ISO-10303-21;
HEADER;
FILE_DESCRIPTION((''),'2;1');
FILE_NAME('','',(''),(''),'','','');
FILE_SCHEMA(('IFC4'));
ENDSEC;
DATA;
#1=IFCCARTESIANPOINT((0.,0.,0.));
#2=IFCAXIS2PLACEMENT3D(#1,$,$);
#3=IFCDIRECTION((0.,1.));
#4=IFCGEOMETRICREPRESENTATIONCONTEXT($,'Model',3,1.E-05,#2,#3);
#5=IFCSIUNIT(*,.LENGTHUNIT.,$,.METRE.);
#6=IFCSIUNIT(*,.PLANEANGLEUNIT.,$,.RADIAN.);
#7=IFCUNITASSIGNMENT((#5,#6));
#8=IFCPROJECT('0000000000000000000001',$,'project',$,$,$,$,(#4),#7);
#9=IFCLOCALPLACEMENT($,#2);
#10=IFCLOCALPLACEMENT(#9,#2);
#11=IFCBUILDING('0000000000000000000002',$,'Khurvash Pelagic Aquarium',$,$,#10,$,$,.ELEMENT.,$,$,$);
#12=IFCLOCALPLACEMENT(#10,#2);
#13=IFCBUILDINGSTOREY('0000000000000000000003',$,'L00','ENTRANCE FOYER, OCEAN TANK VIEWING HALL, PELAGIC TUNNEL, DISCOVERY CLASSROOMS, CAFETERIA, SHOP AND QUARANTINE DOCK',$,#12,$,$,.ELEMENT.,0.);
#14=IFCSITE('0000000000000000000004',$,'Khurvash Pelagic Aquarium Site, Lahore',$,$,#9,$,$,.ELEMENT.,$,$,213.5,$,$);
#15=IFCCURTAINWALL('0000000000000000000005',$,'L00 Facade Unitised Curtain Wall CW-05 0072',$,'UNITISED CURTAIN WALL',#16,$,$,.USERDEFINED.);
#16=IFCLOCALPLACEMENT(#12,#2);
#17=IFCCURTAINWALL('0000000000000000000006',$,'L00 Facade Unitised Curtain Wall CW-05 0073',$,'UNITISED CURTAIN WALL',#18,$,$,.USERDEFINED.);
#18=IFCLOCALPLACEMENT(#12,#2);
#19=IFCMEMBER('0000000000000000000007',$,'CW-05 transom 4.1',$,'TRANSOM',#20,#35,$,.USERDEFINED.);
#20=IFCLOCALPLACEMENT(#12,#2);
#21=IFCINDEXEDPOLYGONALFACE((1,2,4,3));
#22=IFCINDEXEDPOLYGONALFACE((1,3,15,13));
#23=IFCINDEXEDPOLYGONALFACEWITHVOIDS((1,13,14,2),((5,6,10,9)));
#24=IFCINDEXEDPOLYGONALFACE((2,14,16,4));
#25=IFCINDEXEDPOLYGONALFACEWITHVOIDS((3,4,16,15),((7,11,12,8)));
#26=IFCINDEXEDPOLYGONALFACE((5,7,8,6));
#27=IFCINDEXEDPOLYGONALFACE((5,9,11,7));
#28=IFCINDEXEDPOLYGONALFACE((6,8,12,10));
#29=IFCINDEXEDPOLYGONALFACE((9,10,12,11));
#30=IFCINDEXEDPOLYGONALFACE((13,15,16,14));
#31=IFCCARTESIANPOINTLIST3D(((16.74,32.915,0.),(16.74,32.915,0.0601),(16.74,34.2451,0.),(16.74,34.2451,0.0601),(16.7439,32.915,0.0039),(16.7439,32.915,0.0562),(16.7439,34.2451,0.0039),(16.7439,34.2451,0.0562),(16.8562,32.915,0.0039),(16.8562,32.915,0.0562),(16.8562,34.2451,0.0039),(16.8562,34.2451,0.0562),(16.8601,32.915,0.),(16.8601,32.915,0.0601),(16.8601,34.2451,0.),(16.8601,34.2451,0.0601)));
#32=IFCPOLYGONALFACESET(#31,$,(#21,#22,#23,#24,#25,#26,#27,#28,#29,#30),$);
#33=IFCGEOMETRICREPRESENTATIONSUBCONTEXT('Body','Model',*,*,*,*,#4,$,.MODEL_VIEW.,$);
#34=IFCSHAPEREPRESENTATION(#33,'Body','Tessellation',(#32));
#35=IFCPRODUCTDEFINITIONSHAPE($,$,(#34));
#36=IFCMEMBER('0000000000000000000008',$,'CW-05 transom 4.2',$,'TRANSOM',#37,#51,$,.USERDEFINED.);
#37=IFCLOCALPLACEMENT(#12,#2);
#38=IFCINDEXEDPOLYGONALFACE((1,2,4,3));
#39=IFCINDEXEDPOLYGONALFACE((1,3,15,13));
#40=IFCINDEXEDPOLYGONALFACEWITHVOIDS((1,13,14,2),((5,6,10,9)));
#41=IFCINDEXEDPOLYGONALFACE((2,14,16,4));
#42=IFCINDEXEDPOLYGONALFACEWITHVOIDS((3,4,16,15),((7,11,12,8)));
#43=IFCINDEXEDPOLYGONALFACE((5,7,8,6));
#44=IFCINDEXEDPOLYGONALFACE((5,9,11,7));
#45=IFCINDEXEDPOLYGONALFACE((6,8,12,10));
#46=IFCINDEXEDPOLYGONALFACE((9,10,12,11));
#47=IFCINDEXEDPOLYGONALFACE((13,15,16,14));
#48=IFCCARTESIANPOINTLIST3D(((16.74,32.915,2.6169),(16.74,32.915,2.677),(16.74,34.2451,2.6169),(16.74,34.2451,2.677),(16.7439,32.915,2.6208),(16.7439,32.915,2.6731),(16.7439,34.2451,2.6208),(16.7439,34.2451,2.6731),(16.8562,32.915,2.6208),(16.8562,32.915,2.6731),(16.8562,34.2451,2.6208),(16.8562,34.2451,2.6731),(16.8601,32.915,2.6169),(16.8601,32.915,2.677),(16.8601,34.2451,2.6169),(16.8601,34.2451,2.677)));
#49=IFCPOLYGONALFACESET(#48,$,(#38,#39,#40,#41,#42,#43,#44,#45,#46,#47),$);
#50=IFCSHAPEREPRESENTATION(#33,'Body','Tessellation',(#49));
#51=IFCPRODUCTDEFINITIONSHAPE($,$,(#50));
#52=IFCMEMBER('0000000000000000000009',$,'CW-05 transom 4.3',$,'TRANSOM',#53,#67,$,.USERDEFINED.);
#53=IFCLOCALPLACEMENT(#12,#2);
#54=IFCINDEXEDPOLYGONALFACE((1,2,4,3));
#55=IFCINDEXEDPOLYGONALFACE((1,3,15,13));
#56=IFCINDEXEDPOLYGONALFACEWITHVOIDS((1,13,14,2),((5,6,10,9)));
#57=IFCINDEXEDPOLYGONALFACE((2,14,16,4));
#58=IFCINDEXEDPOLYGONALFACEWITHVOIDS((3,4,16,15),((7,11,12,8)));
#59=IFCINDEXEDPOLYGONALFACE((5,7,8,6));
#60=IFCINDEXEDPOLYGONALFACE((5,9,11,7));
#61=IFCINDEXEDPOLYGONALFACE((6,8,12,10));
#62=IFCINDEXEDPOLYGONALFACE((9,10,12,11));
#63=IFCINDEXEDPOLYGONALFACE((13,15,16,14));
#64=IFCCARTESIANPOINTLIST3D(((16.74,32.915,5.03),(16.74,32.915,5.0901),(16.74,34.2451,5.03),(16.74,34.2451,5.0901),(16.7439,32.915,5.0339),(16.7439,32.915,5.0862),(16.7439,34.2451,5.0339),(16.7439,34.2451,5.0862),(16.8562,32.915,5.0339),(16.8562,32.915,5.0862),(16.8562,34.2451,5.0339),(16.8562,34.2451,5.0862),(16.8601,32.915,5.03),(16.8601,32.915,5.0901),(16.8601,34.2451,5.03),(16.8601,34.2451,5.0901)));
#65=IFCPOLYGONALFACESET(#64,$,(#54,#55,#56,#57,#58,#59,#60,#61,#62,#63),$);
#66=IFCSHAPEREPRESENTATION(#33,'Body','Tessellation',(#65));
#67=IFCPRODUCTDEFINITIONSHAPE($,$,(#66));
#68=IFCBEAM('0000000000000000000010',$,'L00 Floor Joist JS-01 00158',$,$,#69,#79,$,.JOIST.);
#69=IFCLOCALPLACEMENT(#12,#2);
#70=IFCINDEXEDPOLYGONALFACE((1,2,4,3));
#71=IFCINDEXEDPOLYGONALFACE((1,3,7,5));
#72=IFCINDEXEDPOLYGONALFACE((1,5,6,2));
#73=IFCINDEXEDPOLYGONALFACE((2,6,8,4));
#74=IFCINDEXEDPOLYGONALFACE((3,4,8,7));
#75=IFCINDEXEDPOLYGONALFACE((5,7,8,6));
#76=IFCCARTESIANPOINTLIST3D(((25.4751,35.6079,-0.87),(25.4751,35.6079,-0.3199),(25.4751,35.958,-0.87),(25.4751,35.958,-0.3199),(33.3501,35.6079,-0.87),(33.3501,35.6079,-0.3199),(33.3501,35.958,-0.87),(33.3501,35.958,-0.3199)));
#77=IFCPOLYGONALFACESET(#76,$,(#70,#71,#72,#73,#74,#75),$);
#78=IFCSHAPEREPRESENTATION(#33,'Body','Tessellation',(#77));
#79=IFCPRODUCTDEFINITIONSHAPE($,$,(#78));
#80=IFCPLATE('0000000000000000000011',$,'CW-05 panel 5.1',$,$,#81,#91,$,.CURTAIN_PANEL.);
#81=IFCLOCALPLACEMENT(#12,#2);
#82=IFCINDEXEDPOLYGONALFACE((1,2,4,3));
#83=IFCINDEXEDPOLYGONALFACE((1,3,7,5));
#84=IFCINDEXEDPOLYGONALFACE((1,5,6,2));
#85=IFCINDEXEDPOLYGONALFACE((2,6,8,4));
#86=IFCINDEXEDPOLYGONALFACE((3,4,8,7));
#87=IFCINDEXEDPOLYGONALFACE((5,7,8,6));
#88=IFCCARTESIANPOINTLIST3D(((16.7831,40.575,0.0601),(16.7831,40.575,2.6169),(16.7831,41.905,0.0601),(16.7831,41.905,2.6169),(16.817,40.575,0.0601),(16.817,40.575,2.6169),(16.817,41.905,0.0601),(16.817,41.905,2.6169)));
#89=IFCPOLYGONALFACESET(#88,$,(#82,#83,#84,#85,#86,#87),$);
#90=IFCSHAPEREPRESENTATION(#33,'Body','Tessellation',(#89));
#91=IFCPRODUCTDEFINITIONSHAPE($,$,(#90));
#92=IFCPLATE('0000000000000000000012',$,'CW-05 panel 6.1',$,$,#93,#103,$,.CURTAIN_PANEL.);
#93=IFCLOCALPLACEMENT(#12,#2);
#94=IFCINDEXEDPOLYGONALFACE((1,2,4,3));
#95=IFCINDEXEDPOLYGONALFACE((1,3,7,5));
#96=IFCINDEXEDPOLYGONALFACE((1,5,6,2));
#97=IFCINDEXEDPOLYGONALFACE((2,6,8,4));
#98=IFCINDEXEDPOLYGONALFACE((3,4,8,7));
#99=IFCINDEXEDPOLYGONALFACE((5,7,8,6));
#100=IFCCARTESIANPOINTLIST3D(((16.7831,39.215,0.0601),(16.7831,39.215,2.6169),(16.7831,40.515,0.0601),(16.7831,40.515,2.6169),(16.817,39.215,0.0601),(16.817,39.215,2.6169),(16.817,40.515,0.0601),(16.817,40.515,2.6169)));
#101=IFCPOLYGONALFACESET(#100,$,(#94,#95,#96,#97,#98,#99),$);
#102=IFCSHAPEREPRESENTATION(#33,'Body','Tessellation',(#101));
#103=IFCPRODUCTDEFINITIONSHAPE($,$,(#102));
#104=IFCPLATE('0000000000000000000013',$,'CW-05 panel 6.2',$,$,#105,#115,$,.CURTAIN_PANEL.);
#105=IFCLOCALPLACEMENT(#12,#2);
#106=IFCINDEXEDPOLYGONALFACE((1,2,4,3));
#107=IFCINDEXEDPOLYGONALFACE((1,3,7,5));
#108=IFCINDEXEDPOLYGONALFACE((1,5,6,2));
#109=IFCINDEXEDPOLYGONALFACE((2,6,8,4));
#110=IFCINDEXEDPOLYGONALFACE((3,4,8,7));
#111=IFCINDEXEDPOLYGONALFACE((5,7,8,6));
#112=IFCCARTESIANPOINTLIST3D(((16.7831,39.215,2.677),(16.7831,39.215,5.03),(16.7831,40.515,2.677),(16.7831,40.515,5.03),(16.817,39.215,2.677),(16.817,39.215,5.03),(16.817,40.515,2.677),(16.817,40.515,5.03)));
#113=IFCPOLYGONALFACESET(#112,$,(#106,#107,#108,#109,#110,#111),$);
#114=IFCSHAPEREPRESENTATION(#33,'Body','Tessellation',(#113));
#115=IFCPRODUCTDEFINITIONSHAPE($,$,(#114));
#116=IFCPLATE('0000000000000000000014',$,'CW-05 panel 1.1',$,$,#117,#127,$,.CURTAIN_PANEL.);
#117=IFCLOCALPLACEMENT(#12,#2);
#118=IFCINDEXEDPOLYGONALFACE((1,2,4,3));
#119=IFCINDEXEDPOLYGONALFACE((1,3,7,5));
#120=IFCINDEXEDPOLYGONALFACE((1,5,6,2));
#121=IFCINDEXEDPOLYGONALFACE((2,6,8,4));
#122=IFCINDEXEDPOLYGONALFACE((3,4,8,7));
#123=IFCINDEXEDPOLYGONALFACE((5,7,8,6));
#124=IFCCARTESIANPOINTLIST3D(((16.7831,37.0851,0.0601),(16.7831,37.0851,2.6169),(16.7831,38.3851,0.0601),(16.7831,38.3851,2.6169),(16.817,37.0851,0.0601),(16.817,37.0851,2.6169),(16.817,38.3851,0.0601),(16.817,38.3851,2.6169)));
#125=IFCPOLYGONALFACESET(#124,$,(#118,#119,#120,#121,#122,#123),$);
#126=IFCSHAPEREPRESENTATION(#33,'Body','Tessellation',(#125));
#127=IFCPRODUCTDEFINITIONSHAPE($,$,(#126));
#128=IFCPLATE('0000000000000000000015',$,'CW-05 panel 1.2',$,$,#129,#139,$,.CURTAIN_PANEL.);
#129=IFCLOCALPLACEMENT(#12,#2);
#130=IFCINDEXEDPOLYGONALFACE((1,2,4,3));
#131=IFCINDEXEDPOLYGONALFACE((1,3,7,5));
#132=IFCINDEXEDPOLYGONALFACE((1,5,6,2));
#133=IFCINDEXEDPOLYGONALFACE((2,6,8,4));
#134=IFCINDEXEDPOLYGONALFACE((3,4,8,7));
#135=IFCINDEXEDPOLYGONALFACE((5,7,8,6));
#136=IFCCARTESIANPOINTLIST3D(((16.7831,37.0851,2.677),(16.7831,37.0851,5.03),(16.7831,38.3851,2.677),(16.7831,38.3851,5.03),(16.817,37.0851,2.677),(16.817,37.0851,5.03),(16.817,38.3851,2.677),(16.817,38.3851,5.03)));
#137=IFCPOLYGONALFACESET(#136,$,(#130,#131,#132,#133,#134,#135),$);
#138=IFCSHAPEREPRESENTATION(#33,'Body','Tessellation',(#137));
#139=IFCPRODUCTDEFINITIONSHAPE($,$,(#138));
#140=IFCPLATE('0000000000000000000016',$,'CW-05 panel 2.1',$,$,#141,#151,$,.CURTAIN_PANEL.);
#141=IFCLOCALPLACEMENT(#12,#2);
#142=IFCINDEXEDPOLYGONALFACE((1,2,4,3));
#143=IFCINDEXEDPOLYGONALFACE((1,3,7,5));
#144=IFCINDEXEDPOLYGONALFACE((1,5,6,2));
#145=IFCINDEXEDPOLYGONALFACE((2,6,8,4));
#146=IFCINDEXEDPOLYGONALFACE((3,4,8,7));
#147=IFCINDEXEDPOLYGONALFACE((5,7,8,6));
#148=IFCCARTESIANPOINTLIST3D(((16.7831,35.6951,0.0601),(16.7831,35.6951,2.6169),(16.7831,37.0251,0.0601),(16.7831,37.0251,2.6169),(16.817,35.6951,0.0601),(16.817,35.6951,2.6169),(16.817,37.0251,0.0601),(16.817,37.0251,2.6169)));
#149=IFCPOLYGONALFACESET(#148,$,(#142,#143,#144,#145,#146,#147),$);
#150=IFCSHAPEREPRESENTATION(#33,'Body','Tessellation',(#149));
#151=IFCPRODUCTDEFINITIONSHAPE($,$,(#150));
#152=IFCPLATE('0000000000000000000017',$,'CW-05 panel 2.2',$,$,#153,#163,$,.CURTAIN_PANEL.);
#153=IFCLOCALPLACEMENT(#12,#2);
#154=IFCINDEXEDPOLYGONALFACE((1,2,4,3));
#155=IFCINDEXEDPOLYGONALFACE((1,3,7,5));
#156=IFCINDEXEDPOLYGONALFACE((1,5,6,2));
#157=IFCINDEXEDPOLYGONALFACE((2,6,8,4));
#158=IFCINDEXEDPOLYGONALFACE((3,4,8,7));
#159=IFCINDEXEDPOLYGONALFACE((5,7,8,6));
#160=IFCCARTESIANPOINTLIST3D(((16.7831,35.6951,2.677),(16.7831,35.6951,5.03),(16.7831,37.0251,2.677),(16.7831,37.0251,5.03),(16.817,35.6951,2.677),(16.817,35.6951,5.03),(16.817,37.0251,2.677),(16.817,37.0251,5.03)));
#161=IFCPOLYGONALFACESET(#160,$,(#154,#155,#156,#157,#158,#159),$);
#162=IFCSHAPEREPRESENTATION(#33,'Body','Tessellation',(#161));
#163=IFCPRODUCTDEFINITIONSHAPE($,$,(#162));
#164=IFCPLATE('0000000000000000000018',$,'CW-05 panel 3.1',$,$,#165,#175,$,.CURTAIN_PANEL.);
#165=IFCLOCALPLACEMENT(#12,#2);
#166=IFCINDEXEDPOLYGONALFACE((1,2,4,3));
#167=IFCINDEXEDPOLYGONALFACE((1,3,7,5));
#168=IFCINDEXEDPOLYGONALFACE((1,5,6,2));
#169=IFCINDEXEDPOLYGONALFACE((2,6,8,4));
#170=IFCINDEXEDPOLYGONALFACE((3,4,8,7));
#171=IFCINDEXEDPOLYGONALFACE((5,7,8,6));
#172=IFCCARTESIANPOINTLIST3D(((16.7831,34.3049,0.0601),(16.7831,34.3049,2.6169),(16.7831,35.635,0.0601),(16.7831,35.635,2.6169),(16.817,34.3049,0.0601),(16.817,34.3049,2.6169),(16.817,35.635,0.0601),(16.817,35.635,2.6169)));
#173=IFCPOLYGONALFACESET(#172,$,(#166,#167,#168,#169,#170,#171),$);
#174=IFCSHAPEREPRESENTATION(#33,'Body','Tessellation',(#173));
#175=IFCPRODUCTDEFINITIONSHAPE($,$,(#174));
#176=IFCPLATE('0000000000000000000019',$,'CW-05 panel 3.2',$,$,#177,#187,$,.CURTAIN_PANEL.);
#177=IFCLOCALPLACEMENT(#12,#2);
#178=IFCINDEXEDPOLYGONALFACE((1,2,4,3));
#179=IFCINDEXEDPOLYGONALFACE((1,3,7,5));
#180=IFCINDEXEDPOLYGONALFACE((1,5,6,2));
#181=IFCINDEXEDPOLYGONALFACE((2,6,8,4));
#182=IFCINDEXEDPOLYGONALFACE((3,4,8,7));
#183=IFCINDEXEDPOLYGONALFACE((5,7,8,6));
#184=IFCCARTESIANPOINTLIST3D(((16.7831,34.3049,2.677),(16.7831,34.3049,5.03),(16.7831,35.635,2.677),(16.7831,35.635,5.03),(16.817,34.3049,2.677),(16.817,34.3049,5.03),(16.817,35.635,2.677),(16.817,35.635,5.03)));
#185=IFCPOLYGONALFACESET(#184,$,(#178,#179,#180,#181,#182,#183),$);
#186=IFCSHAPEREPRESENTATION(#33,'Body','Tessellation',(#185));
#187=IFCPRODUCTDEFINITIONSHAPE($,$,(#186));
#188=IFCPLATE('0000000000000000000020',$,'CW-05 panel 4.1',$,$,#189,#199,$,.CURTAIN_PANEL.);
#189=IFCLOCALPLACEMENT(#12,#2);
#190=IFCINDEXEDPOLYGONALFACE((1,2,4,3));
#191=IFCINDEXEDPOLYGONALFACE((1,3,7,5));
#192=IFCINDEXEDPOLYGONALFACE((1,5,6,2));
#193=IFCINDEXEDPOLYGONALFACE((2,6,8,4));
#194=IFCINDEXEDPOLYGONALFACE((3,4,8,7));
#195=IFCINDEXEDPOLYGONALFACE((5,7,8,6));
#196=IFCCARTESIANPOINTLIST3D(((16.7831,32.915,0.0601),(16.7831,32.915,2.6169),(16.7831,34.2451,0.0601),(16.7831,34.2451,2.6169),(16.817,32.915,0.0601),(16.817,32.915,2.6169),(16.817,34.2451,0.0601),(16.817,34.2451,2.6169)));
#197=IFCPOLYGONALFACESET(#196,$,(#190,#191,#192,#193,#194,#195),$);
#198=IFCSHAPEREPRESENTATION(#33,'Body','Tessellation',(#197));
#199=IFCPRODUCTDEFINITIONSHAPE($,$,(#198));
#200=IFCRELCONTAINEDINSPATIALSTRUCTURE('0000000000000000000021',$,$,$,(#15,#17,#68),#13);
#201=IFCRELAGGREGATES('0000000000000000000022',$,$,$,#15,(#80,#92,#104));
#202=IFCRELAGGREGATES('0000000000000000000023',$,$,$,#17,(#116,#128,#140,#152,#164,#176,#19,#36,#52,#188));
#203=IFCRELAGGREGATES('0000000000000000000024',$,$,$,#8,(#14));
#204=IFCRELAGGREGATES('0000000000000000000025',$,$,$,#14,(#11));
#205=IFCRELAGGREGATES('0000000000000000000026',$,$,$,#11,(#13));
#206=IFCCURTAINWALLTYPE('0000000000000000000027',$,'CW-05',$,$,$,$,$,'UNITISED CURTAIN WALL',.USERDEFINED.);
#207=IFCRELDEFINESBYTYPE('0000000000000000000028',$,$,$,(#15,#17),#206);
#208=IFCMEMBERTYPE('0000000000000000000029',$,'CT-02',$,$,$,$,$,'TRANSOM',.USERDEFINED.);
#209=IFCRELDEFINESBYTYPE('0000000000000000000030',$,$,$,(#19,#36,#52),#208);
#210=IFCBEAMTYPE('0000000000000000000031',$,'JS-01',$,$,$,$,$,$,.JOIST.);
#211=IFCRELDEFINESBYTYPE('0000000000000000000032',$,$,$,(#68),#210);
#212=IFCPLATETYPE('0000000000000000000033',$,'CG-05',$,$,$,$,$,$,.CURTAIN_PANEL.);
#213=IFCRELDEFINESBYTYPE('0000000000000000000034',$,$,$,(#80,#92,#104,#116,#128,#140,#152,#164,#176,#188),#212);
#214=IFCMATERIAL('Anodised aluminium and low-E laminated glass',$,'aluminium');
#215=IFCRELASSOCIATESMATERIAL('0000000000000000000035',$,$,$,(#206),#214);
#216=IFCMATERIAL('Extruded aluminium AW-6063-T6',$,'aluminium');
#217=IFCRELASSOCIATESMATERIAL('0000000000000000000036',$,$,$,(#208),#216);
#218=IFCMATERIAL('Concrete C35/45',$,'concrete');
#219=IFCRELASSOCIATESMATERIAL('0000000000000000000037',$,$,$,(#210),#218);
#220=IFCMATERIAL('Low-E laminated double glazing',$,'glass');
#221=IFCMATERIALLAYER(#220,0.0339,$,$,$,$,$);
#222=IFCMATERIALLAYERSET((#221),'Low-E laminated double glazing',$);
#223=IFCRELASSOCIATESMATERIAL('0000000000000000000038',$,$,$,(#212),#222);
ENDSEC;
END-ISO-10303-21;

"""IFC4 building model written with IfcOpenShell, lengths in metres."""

from ifc_helpers import new_model, si_unit, direction, frame, origin, origin_2d, place, context, subcontext, project, spatial, rectangle, hollow_rectangle, extrude, material, layer, layer_set, material_profile, profile_set, type_object, element, aggregate, save


model = new_model("IFC4")

# Units and contexts
model_context = context("Model", 3, precision=1e-05, world=origin(), true_north=direction((0.0, 1.0)))
body_context = subcontext(model_context, "Body", "Model", "MODEL_VIEW")
ifc_project = project(units=[si_unit("LENGTHUNIT", "METRE"), si_unit("PLANEANGLEUNIT", "RADIAN")], contexts=[model_context])

# Site, building, storey
site_placement = place(None, origin())
site = spatial("IfcSite", under=ifc_project, at=site_placement, Name="Khurvash Pelagic Aquarium Site, Lahore", CompositionType="ELEMENT", RefElevation=213.5)
building_placement = place(site_placement, origin())
building = spatial("IfcBuilding", under=site, at=building_placement, Name="Khurvash Pelagic Aquarium", CompositionType="ELEMENT")
storey_placement = place(building_placement, origin())
storey = spatial("IfcBuildingStorey", under=building, at=storey_placement, Name="L00", Description="ENTRANCE FOYER, OCEAN TANK VIEWING HALL, PELAGIC TUNNEL, DISCOVERY CLASSROOMS, CAFETERIA, SHOP AND QUARANTINE DOCK", CompositionType="ELEMENT", Elevation=0.0)

# Curtain walls
ifc_material_1 = material(Name="Anodised aluminium and low-E laminated glass", Category="aluminium")
curtain_wall_type = type_object("IfcCurtainWallType", Name="CW-05", ElementType="UNITISED CURTAIN WALL", PredefinedType="USERDEFINED", material=ifc_material_1)
curtain_wall_1_placement = place(storey_placement, origin())
curtain_wall_1 = element("IfcCurtainWall", 1, at=curtain_wall_1_placement, inside=storey, type_object=curtain_wall_type, Name="L00 Facade Unitised Curtain Wall CW-05 0072", ObjectType="UNITISED CURTAIN WALL", PredefinedType="USERDEFINED")
ifc_material_2 = material(Name="Extruded aluminium AW-6063-T6", Category="aluminium")
curtain_wall_2_placement = place(storey_placement, origin())
curtain_wall_2 = element("IfcCurtainWall", 2, at=curtain_wall_2_placement, inside=storey, type_object=curtain_wall_type, Name="L00 Facade Unitised Curtain Wall CW-05 0073", ObjectType="UNITISED CURTAIN WALL", PredefinedType="USERDEFINED")

# Members
ifc_material_profile_1 = material_profile(ifc_material_2, hollow_rectangle(XDim=0.1201, YDim=0.0601, WallThickness=0.0039, at=origin_2d()), Name="CWT120X60X4")
ifc_profile_set_1 = profile_set([ifc_material_profile_1], Name="Extruded aluminium AW-6063-T6")
member_type_1 = type_object("IfcMemberType", Name="CT-02", ElementType="TRANSOM", PredefinedType="USERDEFINED", material=ifc_profile_set_1)
member_1_placement = place(storey_placement, frame((16.8, 34.2451, 0.03), z_axis=(0.0, -1.0, 0.0), x_axis=(1.0, 0.0, 0.0)))
member_1 = element("IfcMember", 3, at=member_1_placement, type_object=member_type_1, Name="CW-05 transom 4.1", ObjectType="TRANSOM", PredefinedType="USERDEFINED", context=body_context, shape_type="SweptSolid", body=[
    extrude(hollow_rectangle(XDim=0.1201, YDim=0.0601, WallThickness=0.0039, at=origin_2d()), origin(), (0.0, 0.0, 1.0), 1.3301),
])
member_2_placement = place(storey_placement, frame((16.8, 34.2451, 2.647), z_axis=(0.0, -1.0, 0.0), x_axis=(1.0, 0.0, 0.0)))
member_2 = element("IfcMember", 4, at=member_2_placement, type_object=member_type_1, Name="CW-05 transom 4.2", ObjectType="TRANSOM", PredefinedType="USERDEFINED", context=body_context, shape_type="SweptSolid", body=[
    extrude(hollow_rectangle(XDim=0.1201, YDim=0.0601, WallThickness=0.0039, at=origin_2d()), origin(), (0.0, 0.0, 1.0), 1.3301),
])
member_3_placement = place(storey_placement, frame((16.8, 34.2451, 5.0601), z_axis=(0.0, -1.0, 0.0), x_axis=(1.0, 0.0, 0.0)))
member_3 = element("IfcMember", 5, at=member_3_placement, type_object=member_type_1, Name="CW-05 transom 4.3", ObjectType="TRANSOM", PredefinedType="USERDEFINED", context=body_context, shape_type="SweptSolid", body=[
    extrude(hollow_rectangle(XDim=0.1201, YDim=0.0601, WallThickness=0.0039, at=origin_2d()), origin(), (0.0, 0.0, 1.0), 1.3301),
])

# Beam
ifc_material_3 = material(Name="Concrete C35/45", Category="concrete")
ifc_material_profile_2 = material_profile(ifc_material_3, rectangle(XDim=0.3501, YDim=0.55, at=origin_2d()), Name="RC350X550")
ifc_profile_set_2 = profile_set([ifc_material_profile_2], Name="Concrete C35/45")
beam_type_1 = type_object("IfcBeamType", Name="JS-01", PredefinedType="JOIST", material=ifc_profile_set_2)
beam_1_placement = place(storey_placement, frame((25.4751, 35.783, -0.595), z_axis=(1.0, 0.0, 0.0), x_axis=(0.0, 1.0, 0.0)))
element("IfcBeam", 6, at=beam_1_placement, inside=storey, type_object=beam_type_1, Name="L00 Floor Joist JS-01 00158", PredefinedType="JOIST", context=body_context, shape_type="SweptSolid", body=[
    extrude(rectangle(XDim=0.3501, YDim=0.55, at=origin_2d()), origin(), (0.0, 0.0, 1.0), 7.875),
])

# Plates
ifc_material_4 = material(Name="Low-E laminated double glazing", Category="glass")
ifc_layer = layer(ifc_material_4, 0.0339)
ifc_layer_set = layer_set([ifc_layer], Name="Low-E laminated double glazing")
plate_type = type_object("IfcPlateType", Name="CG-05", PredefinedType="CURTAIN_PANEL", material=ifc_layer_set)
plate_1_placement = place(storey_placement, frame((16.8, 41.24, 0.0601), z_axis=(0.0, 0.0, 1.0), x_axis=(0.0, -1.0, 0.0)))
plate_1 = element("IfcPlate", 7, at=plate_1_placement, type_object=plate_type, Name="CW-05 panel 5.1", PredefinedType="CURTAIN_PANEL", context=body_context, shape_type="SweptSolid", body=[
    extrude(rectangle(XDim=1.3301, YDim=0.0339, at=origin_2d()), origin(), (0.0, 0.0, 1.0), 2.5569),
])
plate_2_placement = place(storey_placement, frame((16.8, 39.865, 0.0601), z_axis=(0.0, 0.0, 1.0), x_axis=(0.0, -1.0, 0.0)))
plate_2 = element("IfcPlate", 8, at=plate_2_placement, type_object=plate_type, Name="CW-05 panel 6.1", PredefinedType="CURTAIN_PANEL", context=body_context, shape_type="SweptSolid", body=[
    extrude(rectangle(XDim=1.3, YDim=0.0339, at=origin_2d()), origin(), (0.0, 0.0, 1.0), 2.5569),
])
plate_3_placement = place(storey_placement, frame((16.8, 39.865, 2.677), z_axis=(0.0, 0.0, 1.0), x_axis=(0.0, -1.0, 0.0)))
plate_3 = element("IfcPlate", 9, at=plate_3_placement, type_object=plate_type, Name="CW-05 panel 6.2", PredefinedType="CURTAIN_PANEL", context=body_context, shape_type="SweptSolid", body=[
    extrude(rectangle(XDim=1.3, YDim=0.0339, at=origin_2d()), origin(), (0.0, 0.0, 1.0), 2.353),
])
aggregate(curtain_wall_1, [plate_1, plate_2, plate_3])
plate_4_placement = place(storey_placement, frame((16.8, 37.7351, 0.0601), z_axis=(0.0, 0.0, 1.0), x_axis=(0.0, -1.0, 0.0)))
plate_4 = element("IfcPlate", 10, at=plate_4_placement, type_object=plate_type, Name="CW-05 panel 1.1", PredefinedType="CURTAIN_PANEL", context=body_context, shape_type="SweptSolid", body=[
    extrude(rectangle(XDim=1.3, YDim=0.0339, at=origin_2d()), origin(), (0.0, 0.0, 1.0), 2.5569),
])
plate_5_placement = place(storey_placement, frame((16.8, 37.7351, 2.677), z_axis=(0.0, 0.0, 1.0), x_axis=(0.0, -1.0, 0.0)))
plate_5 = element("IfcPlate", 11, at=plate_5_placement, type_object=plate_type, Name="CW-05 panel 1.2", PredefinedType="CURTAIN_PANEL", context=body_context, shape_type="SweptSolid", body=[
    extrude(rectangle(XDim=1.3, YDim=0.0339, at=origin_2d()), origin(), (0.0, 0.0, 1.0), 2.353),
])
plate_6_placement = place(storey_placement, frame((16.8, 36.3601, 0.0601), z_axis=(0.0, 0.0, 1.0), x_axis=(0.0, -1.0, 0.0)))
plate_6 = element("IfcPlate", 12, at=plate_6_placement, type_object=plate_type, Name="CW-05 panel 2.1", PredefinedType="CURTAIN_PANEL", context=body_context, shape_type="SweptSolid", body=[
    extrude(rectangle(XDim=1.3301, YDim=0.0339, at=origin_2d()), origin(), (0.0, 0.0, 1.0), 2.5569),
])
plate_7_placement = place(storey_placement, frame((16.8, 36.3601, 2.677), z_axis=(0.0, 0.0, 1.0), x_axis=(0.0, -1.0, 0.0)))
plate_7 = element("IfcPlate", 13, at=plate_7_placement, type_object=plate_type, Name="CW-05 panel 2.2", PredefinedType="CURTAIN_PANEL", context=body_context, shape_type="SweptSolid", body=[
    extrude(rectangle(XDim=1.3301, YDim=0.0339, at=origin_2d()), origin(), (0.0, 0.0, 1.0), 2.353),
])
plate_8_placement = place(storey_placement, frame((16.8, 34.97, 0.0601), z_axis=(0.0, 0.0, 1.0), x_axis=(0.0, -1.0, 0.0)))
plate_8 = element("IfcPlate", 14, at=plate_8_placement, type_object=plate_type, Name="CW-05 panel 3.1", PredefinedType="CURTAIN_PANEL", context=body_context, shape_type="SweptSolid", body=[
    extrude(rectangle(XDim=1.3301, YDim=0.0339, at=origin_2d()), origin(), (0.0, 0.0, 1.0), 2.5569),
])
plate_9_placement = place(storey_placement, frame((16.8, 34.97, 2.677), z_axis=(0.0, 0.0, 1.0), x_axis=(0.0, -1.0, 0.0)))
plate_9 = element("IfcPlate", 15, at=plate_9_placement, type_object=plate_type, Name="CW-05 panel 3.2", PredefinedType="CURTAIN_PANEL", context=body_context, shape_type="SweptSolid", body=[
    extrude(rectangle(XDim=1.3301, YDim=0.0339, at=origin_2d()), origin(), (0.0, 0.0, 1.0), 2.353),
])
plate_10_placement = place(storey_placement, frame((16.8, 33.5801, 0.0601), z_axis=(0.0, 0.0, 1.0), x_axis=(0.0, -1.0, 0.0)))
plate_10 = element("IfcPlate", 16, at=plate_10_placement, type_object=plate_type, Name="CW-05 panel 4.1", PredefinedType="CURTAIN_PANEL", context=body_context, shape_type="SweptSolid", body=[
    extrude(rectangle(XDim=1.3301, YDim=0.0339, at=origin_2d()), origin(), (0.0, 0.0, 1.0), 2.5569),
])
aggregate(curtain_wall_2, [plate_4, plate_5, plate_6, plate_7, plate_8, plate_9, member_1, member_2, member_3, plate_10])

save(model, "model.ifc")
